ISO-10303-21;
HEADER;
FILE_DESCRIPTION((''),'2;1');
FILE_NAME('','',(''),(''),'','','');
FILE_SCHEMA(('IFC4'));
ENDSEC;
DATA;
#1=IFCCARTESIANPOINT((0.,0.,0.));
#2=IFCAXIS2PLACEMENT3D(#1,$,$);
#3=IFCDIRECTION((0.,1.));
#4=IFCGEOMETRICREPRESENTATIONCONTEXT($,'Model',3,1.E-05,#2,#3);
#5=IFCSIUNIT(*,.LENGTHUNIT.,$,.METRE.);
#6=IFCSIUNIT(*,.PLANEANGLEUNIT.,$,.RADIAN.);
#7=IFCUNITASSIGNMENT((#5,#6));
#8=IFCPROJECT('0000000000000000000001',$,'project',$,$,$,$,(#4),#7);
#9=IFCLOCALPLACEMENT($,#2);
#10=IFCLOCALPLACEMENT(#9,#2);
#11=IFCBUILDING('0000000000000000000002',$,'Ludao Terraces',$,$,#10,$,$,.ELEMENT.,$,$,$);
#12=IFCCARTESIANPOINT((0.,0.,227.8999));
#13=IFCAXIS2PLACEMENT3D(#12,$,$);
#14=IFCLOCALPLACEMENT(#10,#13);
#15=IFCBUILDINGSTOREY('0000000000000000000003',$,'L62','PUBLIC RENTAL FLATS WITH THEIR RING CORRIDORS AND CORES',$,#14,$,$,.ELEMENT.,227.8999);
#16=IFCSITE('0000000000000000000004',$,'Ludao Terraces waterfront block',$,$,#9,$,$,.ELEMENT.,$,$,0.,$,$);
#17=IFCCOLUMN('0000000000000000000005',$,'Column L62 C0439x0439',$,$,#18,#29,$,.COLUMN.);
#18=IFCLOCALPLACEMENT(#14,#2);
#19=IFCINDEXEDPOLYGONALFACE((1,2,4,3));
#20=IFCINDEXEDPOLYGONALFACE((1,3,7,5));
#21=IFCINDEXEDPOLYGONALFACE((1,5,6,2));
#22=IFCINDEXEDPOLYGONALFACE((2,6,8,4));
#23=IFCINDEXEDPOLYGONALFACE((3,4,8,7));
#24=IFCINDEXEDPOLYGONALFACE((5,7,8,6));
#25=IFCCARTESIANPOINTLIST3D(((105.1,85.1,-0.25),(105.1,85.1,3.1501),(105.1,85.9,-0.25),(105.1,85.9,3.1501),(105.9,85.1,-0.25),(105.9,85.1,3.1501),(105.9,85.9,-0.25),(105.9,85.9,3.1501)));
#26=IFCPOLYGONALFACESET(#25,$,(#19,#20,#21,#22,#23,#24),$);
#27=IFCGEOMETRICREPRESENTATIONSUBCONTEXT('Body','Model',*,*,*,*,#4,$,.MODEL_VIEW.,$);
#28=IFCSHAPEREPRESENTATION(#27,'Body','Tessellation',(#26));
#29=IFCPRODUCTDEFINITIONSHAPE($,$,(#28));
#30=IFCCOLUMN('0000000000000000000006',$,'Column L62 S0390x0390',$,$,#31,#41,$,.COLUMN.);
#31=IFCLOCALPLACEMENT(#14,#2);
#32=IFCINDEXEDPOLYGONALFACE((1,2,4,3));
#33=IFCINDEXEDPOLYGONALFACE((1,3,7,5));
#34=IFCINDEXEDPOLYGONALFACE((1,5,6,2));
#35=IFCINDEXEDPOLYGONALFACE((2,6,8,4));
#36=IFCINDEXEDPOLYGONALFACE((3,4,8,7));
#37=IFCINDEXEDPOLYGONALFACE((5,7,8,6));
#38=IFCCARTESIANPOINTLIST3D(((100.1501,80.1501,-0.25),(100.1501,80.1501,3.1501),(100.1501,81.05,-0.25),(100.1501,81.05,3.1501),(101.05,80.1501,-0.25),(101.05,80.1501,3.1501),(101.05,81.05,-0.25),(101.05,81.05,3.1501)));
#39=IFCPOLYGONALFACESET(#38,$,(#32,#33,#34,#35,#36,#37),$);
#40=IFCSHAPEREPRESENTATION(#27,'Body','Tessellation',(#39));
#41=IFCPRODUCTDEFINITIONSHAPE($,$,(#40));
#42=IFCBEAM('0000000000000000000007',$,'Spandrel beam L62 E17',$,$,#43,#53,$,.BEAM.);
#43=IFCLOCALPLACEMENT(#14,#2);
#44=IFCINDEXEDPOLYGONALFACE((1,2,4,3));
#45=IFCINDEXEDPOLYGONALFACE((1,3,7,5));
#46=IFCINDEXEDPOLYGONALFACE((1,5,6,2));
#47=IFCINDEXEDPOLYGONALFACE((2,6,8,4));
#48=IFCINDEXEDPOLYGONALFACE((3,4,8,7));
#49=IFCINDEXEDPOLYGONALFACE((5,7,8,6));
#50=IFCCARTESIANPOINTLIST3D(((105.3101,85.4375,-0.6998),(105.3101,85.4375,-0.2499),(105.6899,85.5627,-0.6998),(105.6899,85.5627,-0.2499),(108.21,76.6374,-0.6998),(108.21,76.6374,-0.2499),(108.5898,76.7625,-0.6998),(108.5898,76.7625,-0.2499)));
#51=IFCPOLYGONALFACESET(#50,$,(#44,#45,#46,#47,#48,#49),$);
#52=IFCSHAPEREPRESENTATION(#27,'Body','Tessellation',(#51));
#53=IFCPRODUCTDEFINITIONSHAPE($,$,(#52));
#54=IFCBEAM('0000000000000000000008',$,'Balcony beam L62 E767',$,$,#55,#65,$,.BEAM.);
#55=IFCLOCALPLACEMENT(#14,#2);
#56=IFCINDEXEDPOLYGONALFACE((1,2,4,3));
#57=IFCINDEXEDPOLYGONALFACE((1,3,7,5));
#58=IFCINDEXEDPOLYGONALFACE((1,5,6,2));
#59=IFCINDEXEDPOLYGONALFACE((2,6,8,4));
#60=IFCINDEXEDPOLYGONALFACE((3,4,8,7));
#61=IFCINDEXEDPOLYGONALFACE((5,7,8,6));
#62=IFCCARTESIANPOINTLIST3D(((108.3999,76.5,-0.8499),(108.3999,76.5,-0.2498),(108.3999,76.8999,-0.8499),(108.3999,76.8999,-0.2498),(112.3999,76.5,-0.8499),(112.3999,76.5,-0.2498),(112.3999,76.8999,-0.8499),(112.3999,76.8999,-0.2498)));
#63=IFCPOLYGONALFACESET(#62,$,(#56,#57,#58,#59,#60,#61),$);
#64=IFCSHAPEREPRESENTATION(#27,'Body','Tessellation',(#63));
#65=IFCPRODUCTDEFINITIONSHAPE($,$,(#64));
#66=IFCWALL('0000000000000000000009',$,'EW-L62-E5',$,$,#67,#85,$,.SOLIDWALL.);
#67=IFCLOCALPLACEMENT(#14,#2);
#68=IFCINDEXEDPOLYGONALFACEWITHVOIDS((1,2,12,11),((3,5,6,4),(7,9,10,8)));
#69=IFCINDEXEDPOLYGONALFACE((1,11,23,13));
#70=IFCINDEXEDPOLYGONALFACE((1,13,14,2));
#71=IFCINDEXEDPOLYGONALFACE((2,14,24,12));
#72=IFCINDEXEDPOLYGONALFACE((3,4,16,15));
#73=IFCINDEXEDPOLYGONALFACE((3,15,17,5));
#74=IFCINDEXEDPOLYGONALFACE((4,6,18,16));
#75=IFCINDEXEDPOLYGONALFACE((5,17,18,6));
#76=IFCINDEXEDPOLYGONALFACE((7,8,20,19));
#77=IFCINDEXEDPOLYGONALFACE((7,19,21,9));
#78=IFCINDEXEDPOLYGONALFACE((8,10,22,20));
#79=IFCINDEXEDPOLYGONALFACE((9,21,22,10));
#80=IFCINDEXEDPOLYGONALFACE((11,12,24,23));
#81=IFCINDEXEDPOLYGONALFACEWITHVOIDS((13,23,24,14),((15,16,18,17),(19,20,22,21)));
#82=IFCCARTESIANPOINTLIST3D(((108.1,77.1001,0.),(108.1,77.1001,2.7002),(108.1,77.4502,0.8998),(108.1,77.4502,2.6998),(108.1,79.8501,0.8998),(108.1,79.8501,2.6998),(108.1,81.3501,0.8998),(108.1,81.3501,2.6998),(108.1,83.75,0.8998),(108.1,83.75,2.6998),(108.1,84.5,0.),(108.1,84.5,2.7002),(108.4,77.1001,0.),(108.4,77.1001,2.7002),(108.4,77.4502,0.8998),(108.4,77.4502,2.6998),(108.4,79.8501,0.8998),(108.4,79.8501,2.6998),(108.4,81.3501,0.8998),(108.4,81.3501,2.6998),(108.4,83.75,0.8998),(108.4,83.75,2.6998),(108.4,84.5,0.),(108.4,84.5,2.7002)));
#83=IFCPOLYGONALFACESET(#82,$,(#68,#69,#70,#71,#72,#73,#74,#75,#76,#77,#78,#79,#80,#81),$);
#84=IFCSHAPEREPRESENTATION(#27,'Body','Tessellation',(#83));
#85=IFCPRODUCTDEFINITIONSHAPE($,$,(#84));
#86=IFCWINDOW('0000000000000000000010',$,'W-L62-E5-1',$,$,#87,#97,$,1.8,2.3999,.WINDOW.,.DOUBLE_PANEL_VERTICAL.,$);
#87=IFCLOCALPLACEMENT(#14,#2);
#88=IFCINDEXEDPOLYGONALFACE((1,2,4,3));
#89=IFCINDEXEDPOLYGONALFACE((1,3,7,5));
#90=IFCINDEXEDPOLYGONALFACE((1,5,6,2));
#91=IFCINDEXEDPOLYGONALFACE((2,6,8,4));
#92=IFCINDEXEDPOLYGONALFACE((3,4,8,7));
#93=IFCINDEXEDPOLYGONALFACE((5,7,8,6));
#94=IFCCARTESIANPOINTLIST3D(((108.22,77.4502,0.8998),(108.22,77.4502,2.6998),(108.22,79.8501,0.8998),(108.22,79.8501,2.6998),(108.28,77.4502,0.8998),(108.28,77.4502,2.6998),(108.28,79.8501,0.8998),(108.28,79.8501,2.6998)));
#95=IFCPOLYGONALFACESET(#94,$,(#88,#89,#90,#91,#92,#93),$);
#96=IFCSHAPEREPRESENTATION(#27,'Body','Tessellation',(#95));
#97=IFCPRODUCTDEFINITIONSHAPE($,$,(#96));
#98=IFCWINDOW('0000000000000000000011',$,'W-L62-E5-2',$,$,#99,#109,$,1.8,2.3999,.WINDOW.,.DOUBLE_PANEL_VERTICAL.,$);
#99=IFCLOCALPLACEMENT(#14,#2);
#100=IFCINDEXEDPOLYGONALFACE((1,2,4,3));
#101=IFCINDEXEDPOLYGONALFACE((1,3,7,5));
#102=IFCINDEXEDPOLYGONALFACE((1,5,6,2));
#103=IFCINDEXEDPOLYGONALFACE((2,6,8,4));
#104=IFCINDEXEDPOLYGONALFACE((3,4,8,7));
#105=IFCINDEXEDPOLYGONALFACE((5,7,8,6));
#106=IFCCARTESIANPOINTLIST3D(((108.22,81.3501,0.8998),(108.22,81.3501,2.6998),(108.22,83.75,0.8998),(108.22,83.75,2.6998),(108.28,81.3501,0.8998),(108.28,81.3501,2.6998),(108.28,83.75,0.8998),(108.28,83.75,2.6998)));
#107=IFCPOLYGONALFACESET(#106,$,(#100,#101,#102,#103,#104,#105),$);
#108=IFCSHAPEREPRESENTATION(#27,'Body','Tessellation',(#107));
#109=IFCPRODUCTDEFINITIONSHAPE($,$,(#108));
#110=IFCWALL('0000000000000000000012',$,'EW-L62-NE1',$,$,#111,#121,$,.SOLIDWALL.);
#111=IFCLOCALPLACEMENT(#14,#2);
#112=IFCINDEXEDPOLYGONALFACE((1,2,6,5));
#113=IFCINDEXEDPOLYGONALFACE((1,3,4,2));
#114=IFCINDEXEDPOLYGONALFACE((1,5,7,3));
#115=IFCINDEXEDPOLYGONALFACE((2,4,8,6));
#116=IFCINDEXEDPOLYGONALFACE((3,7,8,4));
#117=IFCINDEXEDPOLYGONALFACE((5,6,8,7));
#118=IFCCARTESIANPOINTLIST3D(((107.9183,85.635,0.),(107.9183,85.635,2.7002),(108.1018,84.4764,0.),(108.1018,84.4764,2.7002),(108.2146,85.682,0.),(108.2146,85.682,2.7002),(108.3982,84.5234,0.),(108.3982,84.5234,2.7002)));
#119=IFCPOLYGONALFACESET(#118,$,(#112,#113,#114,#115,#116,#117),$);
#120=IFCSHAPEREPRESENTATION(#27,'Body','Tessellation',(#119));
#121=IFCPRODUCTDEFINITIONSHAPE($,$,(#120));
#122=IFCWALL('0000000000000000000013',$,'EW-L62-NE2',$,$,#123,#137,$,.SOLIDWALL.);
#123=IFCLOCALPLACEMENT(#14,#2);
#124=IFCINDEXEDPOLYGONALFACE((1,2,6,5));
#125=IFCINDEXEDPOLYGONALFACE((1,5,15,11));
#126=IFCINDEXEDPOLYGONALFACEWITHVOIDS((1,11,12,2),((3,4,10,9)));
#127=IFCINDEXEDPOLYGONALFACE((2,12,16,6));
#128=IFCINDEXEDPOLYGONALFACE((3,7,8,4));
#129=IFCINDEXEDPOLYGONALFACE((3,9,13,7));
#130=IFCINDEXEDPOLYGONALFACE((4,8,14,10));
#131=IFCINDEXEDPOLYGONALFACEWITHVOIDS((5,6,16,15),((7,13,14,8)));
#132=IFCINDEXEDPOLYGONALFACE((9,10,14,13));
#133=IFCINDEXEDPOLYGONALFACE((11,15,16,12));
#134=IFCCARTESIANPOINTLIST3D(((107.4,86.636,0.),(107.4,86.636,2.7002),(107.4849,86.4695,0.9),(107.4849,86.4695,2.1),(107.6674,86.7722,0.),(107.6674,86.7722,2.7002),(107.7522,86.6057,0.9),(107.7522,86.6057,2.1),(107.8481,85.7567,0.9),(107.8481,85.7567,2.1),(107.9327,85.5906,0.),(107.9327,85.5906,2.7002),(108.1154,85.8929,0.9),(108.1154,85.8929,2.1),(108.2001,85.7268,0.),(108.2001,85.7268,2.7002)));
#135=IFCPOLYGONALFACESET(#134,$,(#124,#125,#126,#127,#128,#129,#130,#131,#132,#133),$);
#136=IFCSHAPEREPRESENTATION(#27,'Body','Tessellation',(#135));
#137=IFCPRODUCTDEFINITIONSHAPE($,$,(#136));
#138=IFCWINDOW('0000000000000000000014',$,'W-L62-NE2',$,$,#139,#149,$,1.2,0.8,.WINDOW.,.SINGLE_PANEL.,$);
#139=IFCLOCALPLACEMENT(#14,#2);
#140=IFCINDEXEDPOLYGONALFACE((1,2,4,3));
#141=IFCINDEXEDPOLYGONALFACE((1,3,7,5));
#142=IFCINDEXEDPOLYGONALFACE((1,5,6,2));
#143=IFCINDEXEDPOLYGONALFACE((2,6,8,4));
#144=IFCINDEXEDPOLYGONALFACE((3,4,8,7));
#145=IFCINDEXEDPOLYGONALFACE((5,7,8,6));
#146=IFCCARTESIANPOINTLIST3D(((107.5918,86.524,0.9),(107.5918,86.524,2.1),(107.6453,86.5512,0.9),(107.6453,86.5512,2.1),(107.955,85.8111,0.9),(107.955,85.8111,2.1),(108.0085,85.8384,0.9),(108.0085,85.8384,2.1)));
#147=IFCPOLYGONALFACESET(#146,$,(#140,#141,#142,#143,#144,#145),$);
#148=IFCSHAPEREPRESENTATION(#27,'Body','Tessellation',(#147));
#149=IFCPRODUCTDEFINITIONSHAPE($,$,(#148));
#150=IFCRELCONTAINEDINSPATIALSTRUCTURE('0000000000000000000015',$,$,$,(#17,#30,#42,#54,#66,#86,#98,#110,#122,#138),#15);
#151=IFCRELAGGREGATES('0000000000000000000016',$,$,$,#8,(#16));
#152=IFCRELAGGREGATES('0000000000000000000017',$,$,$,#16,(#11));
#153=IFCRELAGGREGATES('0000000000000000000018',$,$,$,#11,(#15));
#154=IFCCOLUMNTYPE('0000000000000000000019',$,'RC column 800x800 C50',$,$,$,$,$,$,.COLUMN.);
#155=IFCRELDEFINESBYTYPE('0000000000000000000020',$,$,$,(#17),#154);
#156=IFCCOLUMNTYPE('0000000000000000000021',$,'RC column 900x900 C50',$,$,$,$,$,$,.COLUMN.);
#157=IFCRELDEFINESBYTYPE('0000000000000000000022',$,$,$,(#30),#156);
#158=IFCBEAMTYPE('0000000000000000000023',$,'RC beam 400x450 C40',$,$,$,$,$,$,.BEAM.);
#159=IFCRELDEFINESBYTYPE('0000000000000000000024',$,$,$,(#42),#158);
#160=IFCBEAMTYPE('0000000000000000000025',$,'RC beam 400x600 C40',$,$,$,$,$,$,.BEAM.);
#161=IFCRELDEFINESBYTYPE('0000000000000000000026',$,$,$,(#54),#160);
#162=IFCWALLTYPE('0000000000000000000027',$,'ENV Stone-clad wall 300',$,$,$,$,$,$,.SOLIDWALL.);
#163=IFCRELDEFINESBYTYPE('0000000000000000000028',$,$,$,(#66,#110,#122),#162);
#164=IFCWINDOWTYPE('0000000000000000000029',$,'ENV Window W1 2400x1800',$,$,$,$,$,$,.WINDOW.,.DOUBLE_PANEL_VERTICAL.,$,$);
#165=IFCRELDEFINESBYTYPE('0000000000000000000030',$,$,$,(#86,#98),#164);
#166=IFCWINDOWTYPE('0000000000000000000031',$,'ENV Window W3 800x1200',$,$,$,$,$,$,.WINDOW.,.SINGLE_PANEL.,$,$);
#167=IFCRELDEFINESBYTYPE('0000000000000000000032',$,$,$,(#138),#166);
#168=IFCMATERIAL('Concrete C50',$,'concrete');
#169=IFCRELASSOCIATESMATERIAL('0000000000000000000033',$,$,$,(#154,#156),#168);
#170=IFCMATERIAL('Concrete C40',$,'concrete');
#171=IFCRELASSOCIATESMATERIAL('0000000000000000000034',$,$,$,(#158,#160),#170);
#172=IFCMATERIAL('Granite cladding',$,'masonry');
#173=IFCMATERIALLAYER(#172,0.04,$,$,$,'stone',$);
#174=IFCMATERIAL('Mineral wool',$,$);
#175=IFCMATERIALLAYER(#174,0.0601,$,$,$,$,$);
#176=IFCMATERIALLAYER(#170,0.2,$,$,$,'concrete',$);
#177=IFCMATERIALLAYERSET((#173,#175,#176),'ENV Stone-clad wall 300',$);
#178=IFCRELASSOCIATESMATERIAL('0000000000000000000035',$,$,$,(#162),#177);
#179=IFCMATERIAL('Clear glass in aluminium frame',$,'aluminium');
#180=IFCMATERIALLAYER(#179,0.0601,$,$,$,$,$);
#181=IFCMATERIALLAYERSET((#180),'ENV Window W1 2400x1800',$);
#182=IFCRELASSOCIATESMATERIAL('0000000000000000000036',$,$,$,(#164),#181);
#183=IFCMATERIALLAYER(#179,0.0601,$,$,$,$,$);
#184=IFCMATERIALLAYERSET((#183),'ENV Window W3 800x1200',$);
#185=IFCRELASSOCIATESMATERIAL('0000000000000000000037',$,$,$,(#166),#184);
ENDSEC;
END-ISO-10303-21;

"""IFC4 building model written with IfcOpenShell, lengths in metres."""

from ifc_helpers import new_model, si_unit, direction, frame, frame_2d, origin, origin_2d, place, context, subcontext, project, spatial, rectangle, extrude, material, layer, layer_set, material_profile, profile_set, type_object, element, fill, save


model = new_model("IFC4")

# Units and contexts
model_context = context("Model", 3, precision=1e-05, world=origin(), true_north=direction((0.0, 1.0)))
body_context = subcontext(model_context, "Body", "Model", "MODEL_VIEW")
ifc_project = project(units=[si_unit("LENGTHUNIT", "METRE"), si_unit("PLANEANGLEUNIT", "RADIAN")], contexts=[model_context])

# Site, building, storey
site_placement = place(None, origin())
site = spatial("IfcSite", under=ifc_project, at=site_placement, Name="Ludao Terraces waterfront block", CompositionType="ELEMENT", RefElevation=0.0)
building_placement = place(site_placement, origin())
building = spatial("IfcBuilding", under=site, at=building_placement, Name="Ludao Terraces", CompositionType="ELEMENT")
storey_placement = place(building_placement, frame((0.0, 0.0, 227.8999)))
storey = spatial("IfcBuildingStorey", under=building, at=storey_placement, Name="L62", Description="PUBLIC RENTAL FLATS WITH THEIR RING CORRIDORS AND CORES", CompositionType="ELEMENT", Elevation=227.8999)

# Columns
ifc_material_1 = material(Name="Concrete C50", Category="concrete")
ifc_material_profile_1 = material_profile(ifc_material_1, rectangle(XDim=0.8, YDim=0.8, at=origin_2d()), Name="800 X 800")
ifc_profile_set_1 = profile_set([ifc_material_profile_1], Name="Concrete C50")
column_type_1 = type_object("IfcColumnType", Name="RC column 800x800 C50", PredefinedType="COLUMN", material=ifc_profile_set_1)
column_1_placement = place(storey_placement, frame((105.5, 85.5, -0.25), z_axis=(0.0, 0.0, 1.0), x_axis=(1.0, 0.0, 0.0)))
element("IfcColumn", 1, at=column_1_placement, inside=storey, type_object=column_type_1, Name="Column L62 C0439x0439", PredefinedType="COLUMN", context=body_context, shape_type="SweptSolid", body=[
    extrude(rectangle(XDim=0.8, YDim=0.8, at=origin_2d()), origin(), (0.0, 0.0, 1.0), 3.4001),
])
ifc_material_profile_2 = material_profile(ifc_material_1, rectangle(XDim=0.8999, YDim=0.8999, at=origin_2d()), Name="900 X 900")
ifc_profile_set_2 = profile_set([ifc_material_profile_2], Name="Concrete C50")
column_type_2 = type_object("IfcColumnType", Name="RC column 900x900 C50", PredefinedType="COLUMN", material=ifc_profile_set_2)
column_2_placement = place(storey_placement, frame((100.6001, 80.6001, -0.25), z_axis=(0.0, 0.0, 1.0), x_axis=(1.0, 0.0, 0.0)))
element("IfcColumn", 2, at=column_2_placement, inside=storey, type_object=column_type_2, Name="Column L62 S0390x0390", PredefinedType="COLUMN", context=body_context, shape_type="SweptSolid", body=[
    extrude(rectangle(XDim=0.8999, YDim=0.8999, at=origin_2d()), origin(), (0.0, 0.0, 1.0), 3.4001),
])

# Beams
ifc_material_2 = material(Name="Concrete C40", Category="concrete")
ifc_material_profile_3 = material_profile(ifc_material_2, rectangle(XDim=0.3999, YDim=0.45, at=origin_2d()), Name="400 X 450")
ifc_profile_set_3 = profile_set([ifc_material_profile_3], Name="Concrete C40")
beam_type_1 = type_object("IfcBeamType", Name="RC beam 400x450 C40", PredefinedType="BEAM", material=ifc_profile_set_3)
beam_1_placement = place(storey_placement, frame((108.3999, 76.7, -0.4749), z_axis=(-0.312977, 0.949761, 0.0), x_axis=(-0.949761, -0.312977, 0.0)))
element("IfcBeam", 3, at=beam_1_placement, inside=storey, type_object=beam_type_1, Name="Spandrel beam L62 E17", PredefinedType="BEAM", context=body_context, shape_type="SweptSolid", body=[
    extrude(rectangle(XDim=0.3999, YDim=0.45, at=origin_2d()), origin(), (0.0, 0.0, 1.0), 9.2656),
])
ifc_material_profile_4 = material_profile(ifc_material_2, rectangle(XDim=0.3999, YDim=0.6001, at=origin_2d()), Name="400 X 600")
ifc_profile_set_4 = profile_set([ifc_material_profile_4], Name="Concrete C40")
beam_type_2 = type_object("IfcBeamType", Name="RC beam 400x600 C40", PredefinedType="BEAM", material=ifc_profile_set_4)
beam_2_placement = place(storey_placement, frame((108.3999, 76.7, -0.5498), z_axis=(1.0, 0.0, 0.0), x_axis=(0.0, 1.0, 0.0)))
element("IfcBeam", 4, at=beam_2_placement, inside=storey, type_object=beam_type_2, Name="Balcony beam L62 E767", PredefinedType="BEAM", context=body_context, shape_type="SweptSolid", body=[
    extrude(rectangle(XDim=0.3999, YDim=0.6001, at=origin_2d()), origin(), (0.0, 0.0, 1.0), 4.0),
])

# Wall, openings, windows
ifc_material_3 = material(Name="Granite cladding", Category="masonry")
ifc_layer_1 = layer(ifc_material_3, 0.04, Category="stone")
ifc_material_4 = material(Name="Mineral wool")
ifc_layer_2 = layer(ifc_material_4, 0.0601)
ifc_layer_3 = layer(ifc_material_2, 0.2, Category="concrete")
ifc_layer_set_1 = layer_set([ifc_layer_1, ifc_layer_2, ifc_layer_3], Name="ENV Stone-clad wall 300")
wall_type_1 = type_object("IfcWallType", Name="ENV Stone-clad wall 300", PredefinedType="SOLIDWALL", material=ifc_layer_set_1)
wall_1_placement = place(storey_placement, frame((108.25, 77.1001, 0.0), z_axis=(0.0, 0.0, 1.0), x_axis=(0.0, 1.0, 0.0)))
wall_1 = element("IfcWall", 5, at=wall_1_placement, inside=storey, type_object=wall_type_1, Name="EW-L62-E5", PredefinedType="SOLIDWALL", context=body_context, shape_type="SweptSolid", body=[
    extrude(rectangle(XDim=7.3999, YDim=0.3, at=frame_2d((3.7, 0.0))), origin(), (0.0, 0.0, 1.0), 2.7002),
])
opening_1_placement = place(wall_1_placement, frame((0.3501, 0.0, 0.8999)))
opening_1 = element("IfcOpeningElement", 6, at=opening_1_placement, cuts=wall_1, PredefinedType="OPENING", context=body_context, shape_type="SweptSolid", body=[
    extrude(rectangle(XDim=2.3999, YDim=1.8, at=frame_2d((1.2, 0.8999))), frame((0.0, 0.1602, 0.0), z_axis=(0.0, -1.0, 0.0), x_axis=(1.0, 0.0, 0.0)), (0.0, 0.0, 1.0), 0.3201),
])
opening_2_placement = place(wall_1_placement, frame((4.25, 0.0, 0.8999)))
opening_2 = element("IfcOpeningElement", 7, at=opening_2_placement, cuts=wall_1, PredefinedType="OPENING", context=body_context, shape_type="SweptSolid", body=[
    extrude(rectangle(XDim=2.3999, YDim=1.8, at=frame_2d((1.2, 0.8999))), frame((0.0, 0.1602, 0.0), z_axis=(0.0, -1.0, 0.0), x_axis=(1.0, 0.0, 0.0)), (0.0, 0.0, 1.0), 0.3201),
])
ifc_material_5 = material(Name="Clear glass in aluminium frame", Category="aluminium")
ifc_layer_4 = layer(ifc_material_5, 0.0601)
ifc_layer_set_2 = layer_set([ifc_layer_4], Name="ENV Window W1 2400x1800")
window_type_1 = type_object("IfcWindowType", Name="ENV Window W1 2400x1800", PartitioningType="DOUBLE_PANEL_VERTICAL", PredefinedType="WINDOW", material=ifc_layer_set_2)
window_1_placement = place(opening_1_placement, origin())
window_1 = element("IfcWindow", 8, at=window_1_placement, inside=storey, type_object=window_type_1, Name="W-L62-E5-1", OverallHeight=1.8, OverallWidth=2.3999, PartitioningType="DOUBLE_PANEL_VERTICAL", PredefinedType="WINDOW", context=body_context, shape_type="SweptSolid", body=[
    extrude(rectangle(XDim=2.3999, YDim=1.8, at=frame_2d((1.2, 0.8999))), frame((0.0, 0.03, 0.0), z_axis=(0.0, -1.0, 0.0), x_axis=(1.0, 0.0, 0.0)), (0.0, 0.0, 1.0), 0.0601),
])
fill(opening_1, window_1)
window_2_placement = place(opening_2_placement, origin())
window_2 = element("IfcWindow", 9, at=window_2_placement, inside=storey, type_object=window_type_1, Name="W-L62-E5-2", OverallHeight=1.8, OverallWidth=2.3999, PartitioningType="DOUBLE_PANEL_VERTICAL", PredefinedType="WINDOW", context=body_context, shape_type="SweptSolid", body=[
    extrude(rectangle(XDim=2.3999, YDim=1.8, at=frame_2d((1.2, 0.8999))), frame((0.0, 0.03, 0.0), z_axis=(0.0, -1.0, 0.0), x_axis=(1.0, 0.0, 0.0)), (0.0, 0.0, 1.0), 0.0601),
])
fill(opening_2, window_2)

# Wall
wall_2_placement = place(storey_placement, frame((108.25, 84.5, 0.0), z_axis=(0.0, 0.0, 1.0), x_axis=(-0.156497, 0.987678, 0.0)))
element("IfcWall", 10, at=wall_2_placement, inside=storey, type_object=wall_type_1, Name="EW-L62-NE1", PredefinedType="SOLIDWALL", context=body_context, shape_type="SweptSolid", body=[
    extrude(rectangle(XDim=1.1731, YDim=0.3, at=frame_2d((0.5864, 0.0))), origin(), (0.0, 0.0, 1.0), 2.7002),
])

# Wall, opening, window
wall_3_placement = place(storey_placement, frame((108.0664, 85.6587, 0.0), z_axis=(0.0, 0.0, 1.0), x_axis=(-0.454026, 0.890989, 0.0)))
wall_3 = element("IfcWall", 11, at=wall_3_placement, inside=storey, type_object=wall_type_1, Name="EW-L62-NE2", PredefinedType="SOLIDWALL", context=body_context, shape_type="SweptSolid", body=[
    extrude(rectangle(XDim=1.1733, YDim=0.3, at=frame_2d((0.5867, 0.0))), origin(), (0.0, 0.0, 1.0), 2.7002),
])
opening_3_placement = place(wall_3_placement, frame((0.1865, 0.0, 0.8999)))
opening_3 = element("IfcOpeningElement", 12, at=opening_3_placement, cuts=wall_3, PredefinedType="OPENING", context=body_context, shape_type="SweptSolid", body=[
    extrude(rectangle(XDim=0.8, YDim=1.2, at=frame_2d((0.3999, 0.6001))), frame((0.0, 0.1602, 0.0), z_axis=(0.0, -1.0, 0.0), x_axis=(1.0, 0.0, 0.0)), (0.0, 0.0, 1.0), 0.3201),
])
ifc_layer_5 = layer(ifc_material_5, 0.0601)
ifc_layer_set_3 = layer_set([ifc_layer_5], Name="ENV Window W3 800x1200")
window_type_2 = type_object("IfcWindowType", Name="ENV Window W3 800x1200", PartitioningType="SINGLE_PANEL", PredefinedType="WINDOW", material=ifc_layer_set_3)
window_3_placement = place(opening_3_placement, origin())
window_3 = element("IfcWindow", 13, at=window_3_placement, inside=storey, type_object=window_type_2, Name="W-L62-NE2", OverallHeight=1.2, OverallWidth=0.8, PartitioningType="SINGLE_PANEL", PredefinedType="WINDOW", context=body_context, shape_type="SweptSolid", body=[
    extrude(rectangle(XDim=0.8, YDim=1.2, at=frame_2d((0.3999, 0.6001))), frame((0.0, 0.03, 0.0), z_axis=(0.0, -1.0, 0.0), x_axis=(1.0, 0.0, 0.0)), (0.0, 0.0, 1.0), 0.0601),
])
fill(opening_3, window_3)

save(model, "model.ifc")
